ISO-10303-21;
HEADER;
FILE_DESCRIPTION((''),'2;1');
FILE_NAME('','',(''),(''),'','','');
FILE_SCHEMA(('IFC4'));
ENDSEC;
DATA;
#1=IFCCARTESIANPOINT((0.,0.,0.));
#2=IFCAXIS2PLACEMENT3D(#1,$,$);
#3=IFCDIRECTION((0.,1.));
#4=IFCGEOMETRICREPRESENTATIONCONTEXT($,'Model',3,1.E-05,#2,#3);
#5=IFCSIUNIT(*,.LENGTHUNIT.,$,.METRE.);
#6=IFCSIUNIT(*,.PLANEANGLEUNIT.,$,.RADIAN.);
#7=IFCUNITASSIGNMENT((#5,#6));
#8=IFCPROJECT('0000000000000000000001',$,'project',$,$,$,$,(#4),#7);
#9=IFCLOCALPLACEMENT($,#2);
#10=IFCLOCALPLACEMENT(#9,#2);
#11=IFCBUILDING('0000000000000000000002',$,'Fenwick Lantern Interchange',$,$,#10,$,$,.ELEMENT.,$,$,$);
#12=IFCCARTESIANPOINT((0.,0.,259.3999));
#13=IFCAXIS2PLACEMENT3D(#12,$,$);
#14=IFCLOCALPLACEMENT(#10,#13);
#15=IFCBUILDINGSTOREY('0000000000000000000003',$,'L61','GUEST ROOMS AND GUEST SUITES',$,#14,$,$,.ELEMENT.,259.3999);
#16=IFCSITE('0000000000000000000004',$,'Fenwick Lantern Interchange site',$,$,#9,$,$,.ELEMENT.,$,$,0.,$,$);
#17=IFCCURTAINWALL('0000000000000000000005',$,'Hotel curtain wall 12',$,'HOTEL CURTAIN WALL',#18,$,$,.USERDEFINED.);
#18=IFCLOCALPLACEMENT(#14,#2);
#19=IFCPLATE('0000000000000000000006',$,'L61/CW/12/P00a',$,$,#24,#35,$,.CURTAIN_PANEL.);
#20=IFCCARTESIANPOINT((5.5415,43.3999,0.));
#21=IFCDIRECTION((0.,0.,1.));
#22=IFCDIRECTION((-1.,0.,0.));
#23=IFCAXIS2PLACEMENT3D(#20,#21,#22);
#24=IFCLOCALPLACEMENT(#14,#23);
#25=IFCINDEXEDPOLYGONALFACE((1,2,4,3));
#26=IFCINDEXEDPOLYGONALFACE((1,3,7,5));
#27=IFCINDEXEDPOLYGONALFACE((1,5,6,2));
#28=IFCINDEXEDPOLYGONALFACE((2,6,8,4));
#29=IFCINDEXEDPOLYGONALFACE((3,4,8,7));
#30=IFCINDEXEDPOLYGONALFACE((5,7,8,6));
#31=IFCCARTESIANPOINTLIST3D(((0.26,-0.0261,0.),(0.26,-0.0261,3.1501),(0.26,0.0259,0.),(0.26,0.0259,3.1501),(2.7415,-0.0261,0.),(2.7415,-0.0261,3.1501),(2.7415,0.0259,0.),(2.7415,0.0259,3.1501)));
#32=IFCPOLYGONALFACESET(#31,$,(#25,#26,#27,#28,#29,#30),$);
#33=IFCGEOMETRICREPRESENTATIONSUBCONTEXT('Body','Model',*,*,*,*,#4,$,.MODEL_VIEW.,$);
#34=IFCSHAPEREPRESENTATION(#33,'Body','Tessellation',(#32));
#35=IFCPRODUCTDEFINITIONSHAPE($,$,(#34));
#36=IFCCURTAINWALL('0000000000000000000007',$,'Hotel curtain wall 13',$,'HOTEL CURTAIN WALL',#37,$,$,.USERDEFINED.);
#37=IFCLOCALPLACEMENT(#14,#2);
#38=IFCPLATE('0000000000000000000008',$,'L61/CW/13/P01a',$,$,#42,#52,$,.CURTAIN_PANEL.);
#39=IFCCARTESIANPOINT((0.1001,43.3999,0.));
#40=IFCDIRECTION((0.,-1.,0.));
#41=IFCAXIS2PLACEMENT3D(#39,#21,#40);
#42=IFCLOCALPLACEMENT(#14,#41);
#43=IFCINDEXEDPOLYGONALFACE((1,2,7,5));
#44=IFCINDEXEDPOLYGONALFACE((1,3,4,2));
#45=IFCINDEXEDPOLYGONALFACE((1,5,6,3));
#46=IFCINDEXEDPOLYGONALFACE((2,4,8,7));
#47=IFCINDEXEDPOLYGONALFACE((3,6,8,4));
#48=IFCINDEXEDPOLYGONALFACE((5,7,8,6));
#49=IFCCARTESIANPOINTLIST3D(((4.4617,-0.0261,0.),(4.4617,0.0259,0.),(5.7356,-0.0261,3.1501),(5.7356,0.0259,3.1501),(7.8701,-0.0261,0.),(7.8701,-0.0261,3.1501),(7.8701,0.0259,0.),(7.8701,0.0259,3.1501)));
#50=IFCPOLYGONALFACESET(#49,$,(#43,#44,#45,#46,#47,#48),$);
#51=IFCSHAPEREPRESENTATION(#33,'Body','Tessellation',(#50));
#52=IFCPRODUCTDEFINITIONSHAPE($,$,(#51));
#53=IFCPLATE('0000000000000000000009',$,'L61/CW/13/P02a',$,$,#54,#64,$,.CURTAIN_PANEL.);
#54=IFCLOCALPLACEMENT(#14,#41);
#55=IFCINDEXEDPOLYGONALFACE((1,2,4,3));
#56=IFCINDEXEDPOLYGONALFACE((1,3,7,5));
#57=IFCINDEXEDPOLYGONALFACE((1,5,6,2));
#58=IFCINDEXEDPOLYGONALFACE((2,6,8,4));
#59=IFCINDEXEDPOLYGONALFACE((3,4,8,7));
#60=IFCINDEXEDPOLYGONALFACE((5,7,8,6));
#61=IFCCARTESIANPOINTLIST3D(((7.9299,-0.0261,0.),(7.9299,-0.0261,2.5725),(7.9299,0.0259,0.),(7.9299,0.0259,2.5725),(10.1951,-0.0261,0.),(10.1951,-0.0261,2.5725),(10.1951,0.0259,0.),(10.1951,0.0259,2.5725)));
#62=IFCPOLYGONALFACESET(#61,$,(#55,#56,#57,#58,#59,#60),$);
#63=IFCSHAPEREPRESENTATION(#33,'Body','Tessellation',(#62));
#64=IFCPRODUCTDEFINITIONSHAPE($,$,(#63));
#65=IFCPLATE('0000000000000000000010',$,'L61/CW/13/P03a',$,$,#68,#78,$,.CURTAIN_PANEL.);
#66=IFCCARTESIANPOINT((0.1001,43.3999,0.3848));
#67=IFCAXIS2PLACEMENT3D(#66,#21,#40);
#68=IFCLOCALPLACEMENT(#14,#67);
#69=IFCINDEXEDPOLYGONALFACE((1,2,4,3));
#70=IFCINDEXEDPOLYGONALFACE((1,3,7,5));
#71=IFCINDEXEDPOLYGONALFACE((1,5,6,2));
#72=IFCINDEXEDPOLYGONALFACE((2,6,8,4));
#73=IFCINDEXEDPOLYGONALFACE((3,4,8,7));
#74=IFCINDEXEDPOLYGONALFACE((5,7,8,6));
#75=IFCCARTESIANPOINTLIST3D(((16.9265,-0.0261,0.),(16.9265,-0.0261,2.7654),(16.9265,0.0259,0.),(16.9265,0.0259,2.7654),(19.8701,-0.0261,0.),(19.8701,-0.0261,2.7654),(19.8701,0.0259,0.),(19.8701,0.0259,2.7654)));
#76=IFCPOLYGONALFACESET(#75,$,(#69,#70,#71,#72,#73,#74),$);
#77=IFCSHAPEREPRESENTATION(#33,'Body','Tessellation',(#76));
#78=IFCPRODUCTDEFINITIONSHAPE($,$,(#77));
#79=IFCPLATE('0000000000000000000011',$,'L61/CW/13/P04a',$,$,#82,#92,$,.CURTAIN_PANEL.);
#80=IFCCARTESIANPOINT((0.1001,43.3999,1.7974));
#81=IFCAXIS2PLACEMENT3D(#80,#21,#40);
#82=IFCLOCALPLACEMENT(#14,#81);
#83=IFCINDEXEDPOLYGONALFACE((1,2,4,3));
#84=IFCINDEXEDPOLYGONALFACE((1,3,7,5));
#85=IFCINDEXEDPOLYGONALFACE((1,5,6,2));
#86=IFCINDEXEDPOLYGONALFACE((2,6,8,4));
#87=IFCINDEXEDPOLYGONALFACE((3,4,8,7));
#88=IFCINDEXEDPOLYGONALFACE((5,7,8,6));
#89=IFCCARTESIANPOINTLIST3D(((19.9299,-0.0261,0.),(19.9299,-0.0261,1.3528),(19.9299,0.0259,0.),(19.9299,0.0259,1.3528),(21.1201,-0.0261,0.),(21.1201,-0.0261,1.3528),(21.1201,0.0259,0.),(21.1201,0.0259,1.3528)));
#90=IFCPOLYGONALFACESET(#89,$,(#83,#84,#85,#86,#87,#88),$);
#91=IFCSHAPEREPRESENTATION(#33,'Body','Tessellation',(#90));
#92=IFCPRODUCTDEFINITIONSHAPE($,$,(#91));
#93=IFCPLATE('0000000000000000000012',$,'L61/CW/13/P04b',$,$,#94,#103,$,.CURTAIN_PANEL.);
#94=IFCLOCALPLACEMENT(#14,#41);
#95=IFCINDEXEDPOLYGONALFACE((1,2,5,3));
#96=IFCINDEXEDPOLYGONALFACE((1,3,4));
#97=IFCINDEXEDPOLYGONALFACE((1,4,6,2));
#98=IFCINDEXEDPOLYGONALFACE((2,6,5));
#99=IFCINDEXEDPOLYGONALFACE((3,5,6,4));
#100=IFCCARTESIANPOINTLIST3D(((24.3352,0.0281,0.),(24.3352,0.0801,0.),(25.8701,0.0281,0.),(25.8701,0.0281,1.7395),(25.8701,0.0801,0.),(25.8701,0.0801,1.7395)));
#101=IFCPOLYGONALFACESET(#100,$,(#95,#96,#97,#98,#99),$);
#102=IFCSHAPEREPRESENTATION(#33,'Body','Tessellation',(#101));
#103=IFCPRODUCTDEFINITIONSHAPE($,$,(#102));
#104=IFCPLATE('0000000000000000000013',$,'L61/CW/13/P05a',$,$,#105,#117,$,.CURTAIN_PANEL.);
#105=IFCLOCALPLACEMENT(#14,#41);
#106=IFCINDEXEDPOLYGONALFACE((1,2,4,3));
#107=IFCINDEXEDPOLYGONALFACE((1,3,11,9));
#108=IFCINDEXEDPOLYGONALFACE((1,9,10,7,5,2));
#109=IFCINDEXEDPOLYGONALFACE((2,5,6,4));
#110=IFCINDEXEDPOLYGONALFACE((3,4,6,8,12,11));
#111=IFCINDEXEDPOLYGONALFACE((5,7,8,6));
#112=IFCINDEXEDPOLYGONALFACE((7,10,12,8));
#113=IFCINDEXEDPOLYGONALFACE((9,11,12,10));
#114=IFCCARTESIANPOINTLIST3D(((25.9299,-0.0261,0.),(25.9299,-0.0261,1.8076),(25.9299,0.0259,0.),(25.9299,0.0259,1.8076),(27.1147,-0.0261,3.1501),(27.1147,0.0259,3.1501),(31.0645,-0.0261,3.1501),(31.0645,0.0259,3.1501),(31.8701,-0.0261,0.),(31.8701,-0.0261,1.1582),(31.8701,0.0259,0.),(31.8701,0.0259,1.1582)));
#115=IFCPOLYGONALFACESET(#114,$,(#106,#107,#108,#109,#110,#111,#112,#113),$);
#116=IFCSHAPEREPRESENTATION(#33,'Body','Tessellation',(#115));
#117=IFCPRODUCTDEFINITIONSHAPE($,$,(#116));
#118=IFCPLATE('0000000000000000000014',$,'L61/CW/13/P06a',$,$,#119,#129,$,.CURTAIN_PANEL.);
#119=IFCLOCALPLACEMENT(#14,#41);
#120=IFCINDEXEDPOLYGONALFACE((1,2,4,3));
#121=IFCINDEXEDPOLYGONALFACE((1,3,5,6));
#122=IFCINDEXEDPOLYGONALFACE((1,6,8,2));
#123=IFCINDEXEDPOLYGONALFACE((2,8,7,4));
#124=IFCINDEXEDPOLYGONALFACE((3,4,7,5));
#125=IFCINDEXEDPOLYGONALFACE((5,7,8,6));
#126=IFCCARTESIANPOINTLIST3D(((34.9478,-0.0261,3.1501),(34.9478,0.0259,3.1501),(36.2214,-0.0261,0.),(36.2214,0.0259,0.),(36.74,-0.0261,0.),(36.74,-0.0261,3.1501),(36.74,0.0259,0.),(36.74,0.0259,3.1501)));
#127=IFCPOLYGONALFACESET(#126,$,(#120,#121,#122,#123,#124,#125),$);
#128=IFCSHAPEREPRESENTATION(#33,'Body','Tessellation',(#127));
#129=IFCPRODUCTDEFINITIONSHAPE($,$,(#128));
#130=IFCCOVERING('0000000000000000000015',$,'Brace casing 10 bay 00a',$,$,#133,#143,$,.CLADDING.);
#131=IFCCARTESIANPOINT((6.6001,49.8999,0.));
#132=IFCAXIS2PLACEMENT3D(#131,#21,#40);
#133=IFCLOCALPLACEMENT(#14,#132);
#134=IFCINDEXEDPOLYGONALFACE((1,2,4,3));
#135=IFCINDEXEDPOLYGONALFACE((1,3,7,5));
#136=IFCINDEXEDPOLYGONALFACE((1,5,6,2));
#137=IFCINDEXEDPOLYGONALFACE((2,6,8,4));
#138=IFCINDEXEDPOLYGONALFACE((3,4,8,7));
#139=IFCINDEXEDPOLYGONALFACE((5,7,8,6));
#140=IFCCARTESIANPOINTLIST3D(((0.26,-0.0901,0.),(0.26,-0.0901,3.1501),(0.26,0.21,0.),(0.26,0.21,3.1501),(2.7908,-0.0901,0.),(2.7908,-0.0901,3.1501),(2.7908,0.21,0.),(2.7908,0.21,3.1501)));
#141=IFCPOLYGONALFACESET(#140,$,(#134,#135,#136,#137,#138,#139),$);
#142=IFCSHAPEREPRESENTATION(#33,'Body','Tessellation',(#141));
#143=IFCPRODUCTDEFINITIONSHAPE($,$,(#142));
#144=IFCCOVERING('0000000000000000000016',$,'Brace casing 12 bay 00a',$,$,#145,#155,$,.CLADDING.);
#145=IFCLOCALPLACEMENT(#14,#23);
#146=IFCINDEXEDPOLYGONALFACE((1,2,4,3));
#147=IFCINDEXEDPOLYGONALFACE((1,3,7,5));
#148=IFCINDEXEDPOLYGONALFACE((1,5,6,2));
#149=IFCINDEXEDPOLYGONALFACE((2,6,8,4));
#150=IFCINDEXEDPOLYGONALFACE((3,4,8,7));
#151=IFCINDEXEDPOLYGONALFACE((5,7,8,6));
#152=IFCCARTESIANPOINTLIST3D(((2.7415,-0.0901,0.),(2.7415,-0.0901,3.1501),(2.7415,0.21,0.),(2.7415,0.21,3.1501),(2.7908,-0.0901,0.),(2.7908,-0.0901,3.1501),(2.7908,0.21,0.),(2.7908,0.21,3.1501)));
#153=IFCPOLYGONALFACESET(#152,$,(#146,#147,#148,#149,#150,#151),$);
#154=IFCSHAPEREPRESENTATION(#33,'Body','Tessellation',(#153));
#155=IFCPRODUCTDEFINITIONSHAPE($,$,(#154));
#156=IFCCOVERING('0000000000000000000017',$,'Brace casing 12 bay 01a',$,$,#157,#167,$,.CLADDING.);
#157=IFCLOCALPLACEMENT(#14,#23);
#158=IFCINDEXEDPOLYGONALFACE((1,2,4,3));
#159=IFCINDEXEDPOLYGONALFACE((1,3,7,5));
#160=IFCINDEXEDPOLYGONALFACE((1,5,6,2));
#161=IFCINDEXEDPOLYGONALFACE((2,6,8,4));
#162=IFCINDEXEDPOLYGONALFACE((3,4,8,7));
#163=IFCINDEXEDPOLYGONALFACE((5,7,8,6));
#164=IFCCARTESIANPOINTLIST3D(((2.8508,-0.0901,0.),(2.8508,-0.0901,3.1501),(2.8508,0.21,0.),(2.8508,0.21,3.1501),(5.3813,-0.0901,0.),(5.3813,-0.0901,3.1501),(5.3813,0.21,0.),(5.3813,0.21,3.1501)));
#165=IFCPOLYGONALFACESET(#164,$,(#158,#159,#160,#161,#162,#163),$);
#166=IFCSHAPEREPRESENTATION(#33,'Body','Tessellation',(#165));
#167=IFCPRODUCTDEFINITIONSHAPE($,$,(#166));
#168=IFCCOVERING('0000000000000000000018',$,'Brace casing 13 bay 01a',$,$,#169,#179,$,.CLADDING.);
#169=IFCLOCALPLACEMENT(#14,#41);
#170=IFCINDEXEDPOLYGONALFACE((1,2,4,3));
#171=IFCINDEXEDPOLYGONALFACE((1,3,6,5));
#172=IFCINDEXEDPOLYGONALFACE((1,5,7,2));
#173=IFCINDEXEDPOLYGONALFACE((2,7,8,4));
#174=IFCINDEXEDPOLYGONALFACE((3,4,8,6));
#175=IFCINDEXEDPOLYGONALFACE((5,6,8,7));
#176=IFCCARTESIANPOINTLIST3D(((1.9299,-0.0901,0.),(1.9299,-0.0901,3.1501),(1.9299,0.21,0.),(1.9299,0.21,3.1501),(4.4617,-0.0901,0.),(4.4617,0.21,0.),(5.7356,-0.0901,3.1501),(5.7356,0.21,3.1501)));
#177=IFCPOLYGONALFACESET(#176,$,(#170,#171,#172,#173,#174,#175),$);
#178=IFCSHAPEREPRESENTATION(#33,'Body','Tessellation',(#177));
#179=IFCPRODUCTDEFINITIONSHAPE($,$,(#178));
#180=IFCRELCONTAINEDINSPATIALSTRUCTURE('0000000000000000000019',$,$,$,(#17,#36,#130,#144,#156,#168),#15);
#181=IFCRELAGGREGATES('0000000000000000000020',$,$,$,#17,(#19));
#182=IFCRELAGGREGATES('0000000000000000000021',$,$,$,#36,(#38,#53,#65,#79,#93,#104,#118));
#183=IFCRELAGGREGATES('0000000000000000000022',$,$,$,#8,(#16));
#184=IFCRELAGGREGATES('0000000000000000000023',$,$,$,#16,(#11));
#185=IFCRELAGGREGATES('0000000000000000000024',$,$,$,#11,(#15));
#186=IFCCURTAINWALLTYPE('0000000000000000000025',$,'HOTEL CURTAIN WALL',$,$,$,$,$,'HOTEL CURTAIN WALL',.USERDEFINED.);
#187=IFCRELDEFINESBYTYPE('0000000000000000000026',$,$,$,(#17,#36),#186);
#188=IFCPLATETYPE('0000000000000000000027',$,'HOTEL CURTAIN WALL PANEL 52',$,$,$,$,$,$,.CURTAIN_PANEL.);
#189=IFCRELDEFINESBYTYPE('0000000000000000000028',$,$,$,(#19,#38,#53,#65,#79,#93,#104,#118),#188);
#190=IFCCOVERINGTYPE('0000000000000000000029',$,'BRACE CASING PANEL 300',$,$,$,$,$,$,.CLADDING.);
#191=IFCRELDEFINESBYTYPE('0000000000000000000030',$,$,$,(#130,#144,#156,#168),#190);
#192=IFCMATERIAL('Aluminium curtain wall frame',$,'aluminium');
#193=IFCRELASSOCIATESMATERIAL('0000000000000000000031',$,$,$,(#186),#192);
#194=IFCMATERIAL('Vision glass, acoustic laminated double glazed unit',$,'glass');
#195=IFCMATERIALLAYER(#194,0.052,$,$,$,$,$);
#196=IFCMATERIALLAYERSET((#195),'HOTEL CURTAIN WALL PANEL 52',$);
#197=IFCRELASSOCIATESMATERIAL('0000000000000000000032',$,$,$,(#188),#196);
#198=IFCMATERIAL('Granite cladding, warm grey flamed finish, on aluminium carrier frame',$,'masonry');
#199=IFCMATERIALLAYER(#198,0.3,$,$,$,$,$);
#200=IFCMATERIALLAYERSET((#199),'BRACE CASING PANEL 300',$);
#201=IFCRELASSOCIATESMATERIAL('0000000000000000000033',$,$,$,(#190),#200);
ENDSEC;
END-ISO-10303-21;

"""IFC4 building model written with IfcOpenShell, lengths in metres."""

from ifc_helpers import new_model, si_unit, direction, frame, origin, place, context, subcontext, project, spatial, polyline, outline, extrude, material, layer, layer_set, type_object, element, aggregate, save


model = new_model("IFC4")

# Units and contexts
model_context = context("Model", 3, precision=1e-05, world=origin(), true_north=direction((0.0, 1.0)))
body_context = subcontext(model_context, "Body", "Model", "MODEL_VIEW")
ifc_project = project(units=[si_unit("LENGTHUNIT", "METRE"), si_unit("PLANEANGLEUNIT", "RADIAN")], contexts=[model_context])

# Site, building, storey
site_placement = place(None, origin())
site = spatial("IfcSite", under=ifc_project, at=site_placement, Name="Fenwick Lantern Interchange site", CompositionType="ELEMENT", RefElevation=0.0)
building_placement = place(site_placement, origin())
building = spatial("IfcBuilding", under=site, at=building_placement, Name="Fenwick Lantern Interchange", CompositionType="ELEMENT")
storey_placement = place(building_placement, frame((0.0, 0.0, 259.3999)))
storey = spatial("IfcBuildingStorey", under=building, at=storey_placement, Name="L61", Description="GUEST ROOMS AND GUEST SUITES", CompositionType="ELEMENT", Elevation=259.3999)

# Shared definitions
ifc_material_1 = material(Name="Aluminium curtain wall frame", Category="aluminium")
curtain_wall_type = type_object("IfcCurtainWallType", Name="HOTEL CURTAIN WALL", ElementType="HOTEL CURTAIN WALL", PredefinedType="USERDEFINED", material=ifc_material_1)

# Curtain wall
curtain_wall_1_placement = place(storey_placement, origin())
curtain_wall_1 = element("IfcCurtainWall", 1, at=curtain_wall_1_placement, inside=storey, type_object=curtain_wall_type, Name="Hotel curtain wall 12", ObjectType="HOTEL CURTAIN WALL", PredefinedType="USERDEFINED")

# Plate
ifc_material_2 = material(Name="Vision glass, acoustic laminated double glazed unit", Category="glass")
ifc_layer_1 = layer(ifc_material_2, 0.052)
ifc_layer_set_1 = layer_set([ifc_layer_1], Name="HOTEL CURTAIN WALL PANEL 52")
plate_type = type_object("IfcPlateType", Name="HOTEL CURTAIN WALL PANEL 52", PredefinedType="CURTAIN_PANEL", material=ifc_layer_set_1)
plate_1_placement = place(storey_placement, frame((5.5415, 43.3999, 0.0), z_axis=(0.0, 0.0, 1.0), x_axis=(-1.0, 0.0, 0.0)))
plate_1 = element("IfcPlate", 2, at=plate_1_placement, type_object=plate_type, Name="L61/CW/12/P00a", PredefinedType="CURTAIN_PANEL", context=body_context, shape_type="SweptSolid", body=[
    extrude(outline(polyline([(0.26, 0.0), (2.7415, 0.0), (2.7415, 3.1501), (0.26, 3.1501), (0.26, 0.0)])), frame((0.0, 0.0259, 0.0), z_axis=(0.0, -1.0, 0.0), x_axis=(1.0, 0.0, 0.0)), (0.0, 0.0, 1.0), 0.052),
])
aggregate(curtain_wall_1, [plate_1])

# Curtain wall, plates
curtain_wall_2_placement = place(storey_placement, origin())
curtain_wall_2 = element("IfcCurtainWall", 3, at=curtain_wall_2_placement, inside=storey, type_object=curtain_wall_type, Name="Hotel curtain wall 13", ObjectType="HOTEL CURTAIN WALL", PredefinedType="USERDEFINED")
plate_2_placement = place(storey_placement, frame((0.1001, 43.3999, 0.0), z_axis=(0.0, 0.0, 1.0), x_axis=(0.0, -1.0, 0.0)))
plate_2 = element("IfcPlate", 4, at=plate_2_placement, type_object=plate_type, Name="L61/CW/13/P01a", PredefinedType="CURTAIN_PANEL", context=body_context, shape_type="SweptSolid", body=[
    extrude(outline(polyline([(4.4617, 0.0), (7.8701, 0.0), (7.8701, 3.1501), (5.7356, 3.1501), (4.4617, 0.0)])), frame((0.0, 0.0259, 0.0), z_axis=(0.0, -1.0, 0.0), x_axis=(1.0, 0.0, 0.0)), (0.0, 0.0, 1.0), 0.052),
])
plate_3_placement = place(storey_placement, frame((0.1001, 43.3999, 0.0), z_axis=(0.0, 0.0, 1.0), x_axis=(0.0, -1.0, 0.0)))
plate_3 = element("IfcPlate", 5, at=plate_3_placement, type_object=plate_type, Name="L61/CW/13/P02a", PredefinedType="CURTAIN_PANEL", context=body_context, shape_type="SweptSolid", body=[
    extrude(outline(polyline([(7.9299, 0.0), (10.1951, 0.0), (10.1951, 2.5725), (7.9299, 2.5725), (7.9299, 0.0)])), frame((0.0, 0.0259, 0.0), z_axis=(0.0, -1.0, 0.0), x_axis=(1.0, 0.0, 0.0)), (0.0, 0.0, 1.0), 0.052),
])
plate_4_placement = place(storey_placement, frame((0.1001, 43.3999, 0.3848), z_axis=(0.0, 0.0, 1.0), x_axis=(0.0, -1.0, 0.0)))
plate_4 = element("IfcPlate", 6, at=plate_4_placement, type_object=plate_type, Name="L61/CW/13/P03a", PredefinedType="CURTAIN_PANEL", context=body_context, shape_type="SweptSolid", body=[
    extrude(outline(polyline([(16.9265, 0.0), (19.8701, 0.0), (19.8701, 2.7654), (16.9265, 2.7654), (16.9265, 0.0)])), frame((0.0, 0.0259, 0.0), z_axis=(0.0, -1.0, 0.0), x_axis=(1.0, 0.0, 0.0)), (0.0, 0.0, 1.0), 0.052),
])
plate_5_placement = place(storey_placement, frame((0.1001, 43.3999, 1.7974), z_axis=(0.0, 0.0, 1.0), x_axis=(0.0, -1.0, 0.0)))
plate_5 = element("IfcPlate", 7, at=plate_5_placement, type_object=plate_type, Name="L61/CW/13/P04a", PredefinedType="CURTAIN_PANEL", context=body_context, shape_type="SweptSolid", body=[
    extrude(outline(polyline([(19.9299, 0.0), (21.1201, 0.0), (21.1201, 1.3528), (19.9299, 1.3528), (19.9299, 0.0)])), frame((0.0, 0.0259, 0.0), z_axis=(0.0, -1.0, 0.0), x_axis=(1.0, 0.0, 0.0)), (0.0, 0.0, 1.0), 0.052),
])
plate_6_placement = place(storey_placement, frame((0.1001, 43.3999, 0.0), z_axis=(0.0, 0.0, 1.0), x_axis=(0.0, -1.0, 0.0)))
plate_6 = element("IfcPlate", 8, at=plate_6_placement, type_object=plate_type, Name="L61/CW/13/P04b", PredefinedType="CURTAIN_PANEL", context=body_context, shape_type="SweptSolid", body=[
    extrude(outline(polyline([(24.3352, 0.0), (25.8701, 0.0), (25.8701, 1.7395), (24.3352, 0.0)])), frame((0.0, 0.0801, 0.0), z_axis=(0.0, -1.0, 0.0), x_axis=(1.0, 0.0, 0.0)), (0.0, 0.0, 1.0), 0.052),
])
plate_7_placement = place(storey_placement, frame((0.1001, 43.3999, 0.0), z_axis=(0.0, 0.0, 1.0), x_axis=(0.0, -1.0, 0.0)))
plate_7 = element("IfcPlate", 9, at=plate_7_placement, type_object=plate_type, Name="L61/CW/13/P05a", PredefinedType="CURTAIN_PANEL", context=body_context, shape_type="SweptSolid", body=[
    extrude(outline(polyline([(25.9299, 0.0), (31.8701, 0.0), (31.8701, 1.1582), (31.0645, 3.1501), (27.1147, 3.1501), (25.9299, 1.8076), (25.9299, 0.0)])), frame((0.0, 0.0259, 0.0), z_axis=(0.0, -1.0, 0.0), x_axis=(1.0, 0.0, 0.0)), (0.0, 0.0, 1.0), 0.052),
])
plate_8_placement = place(storey_placement, frame((0.1001, 43.3999, 0.0), z_axis=(0.0, 0.0, 1.0), x_axis=(0.0, -1.0, 0.0)))
plate_8 = element("IfcPlate", 10, at=plate_8_placement, type_object=plate_type, Name="L61/CW/13/P06a", PredefinedType="CURTAIN_PANEL", context=body_context, shape_type="SweptSolid", body=[
    extrude(outline(polyline([(36.2214, 0.0), (36.74, 0.0), (36.74, 3.1501), (34.9478, 3.1501), (36.2214, 0.0)])), frame((0.0, 0.0259, 0.0), z_axis=(0.0, -1.0, 0.0), x_axis=(1.0, 0.0, 0.0)), (0.0, 0.0, 1.0), 0.052),
])
aggregate(curtain_wall_2, [plate_2, plate_3, plate_4, plate_5, plate_6, plate_7, plate_8])

# Coverings
ifc_material_3 = material(Name="Granite cladding, warm grey flamed finish, on aluminium carrier frame", Category="masonry")
ifc_layer_2 = layer(ifc_material_3, 0.3)
ifc_layer_set_2 = layer_set([ifc_layer_2], Name="BRACE CASING PANEL 300")
covering_type = type_object("IfcCoveringType", Name="BRACE CASING PANEL 300", PredefinedType="CLADDING", material=ifc_layer_set_2)
covering_1_placement = place(storey_placement, frame((6.6001, 49.8999, 0.0), z_axis=(0.0, 0.0, 1.0), x_axis=(0.0, -1.0, 0.0)))
element("IfcCovering", 11, at=covering_1_placement, inside=storey, type_object=covering_type, Name="Brace casing 10 bay 00a", PredefinedType="CLADDING", context=body_context, shape_type="SweptSolid", body=[
    extrude(outline(polyline([(0.26, 0.0), (2.7908, 0.0), (2.7908, 3.1501), (0.26, 3.1501), (0.26, 0.0)])), frame((0.0, 0.21, 0.0), z_axis=(0.0, -1.0, 0.0), x_axis=(1.0, 0.0, 0.0)), (0.0, 0.0, 1.0), 0.3),
])
covering_2_placement = place(storey_placement, frame((5.5415, 43.3999, 0.0), z_axis=(0.0, 0.0, 1.0), x_axis=(-1.0, 0.0, 0.0)))
element("IfcCovering", 12, at=covering_2_placement, inside=storey, type_object=covering_type, Name="Brace casing 12 bay 00a", PredefinedType="CLADDING", context=body_context, shape_type="SweptSolid", body=[
    extrude(outline(polyline([(2.7415, 0.0), (2.7908, 0.0), (2.7908, 3.1501), (2.7415, 3.1501), (2.7415, 0.0)])), frame((0.0, 0.21, 0.0), z_axis=(0.0, -1.0, 0.0), x_axis=(1.0, 0.0, 0.0)), (0.0, 0.0, 1.0), 0.3),
])
covering_3_placement = place(storey_placement, frame((5.5415, 43.3999, 0.0), z_axis=(0.0, 0.0, 1.0), x_axis=(-1.0, 0.0, 0.0)))
element("IfcCovering", 13, at=covering_3_placement, inside=storey, type_object=covering_type, Name="Brace casing 12 bay 01a", PredefinedType="CLADDING", context=body_context, shape_type="SweptSolid", body=[
    extrude(outline(polyline([(2.8508, 0.0), (5.3813, 0.0), (5.3813, 3.1501), (2.8508, 3.1501), (2.8508, 0.0)])), frame((0.0, 0.21, 0.0), z_axis=(0.0, -1.0, 0.0), x_axis=(1.0, 0.0, 0.0)), (0.0, 0.0, 1.0), 0.3),
])
covering_4_placement = place(storey_placement, frame((0.1001, 43.3999, 0.0), z_axis=(0.0, 0.0, 1.0), x_axis=(0.0, -1.0, 0.0)))
element("IfcCovering", 14, at=covering_4_placement, inside=storey, type_object=covering_type, Name="Brace casing 13 bay 01a", PredefinedType="CLADDING", context=body_context, shape_type="SweptSolid", body=[
    extrude(outline(polyline([(1.9299, 0.0), (4.4617, 0.0), (5.7356, 3.1501), (1.9299, 3.1501), (1.9299, 0.0)])), frame((0.0, 0.21, 0.0), z_axis=(0.0, -1.0, 0.0), x_axis=(1.0, 0.0, 0.0)), (0.0, 0.0, 1.0), 0.3),
])

save(model, "model.ifc")
